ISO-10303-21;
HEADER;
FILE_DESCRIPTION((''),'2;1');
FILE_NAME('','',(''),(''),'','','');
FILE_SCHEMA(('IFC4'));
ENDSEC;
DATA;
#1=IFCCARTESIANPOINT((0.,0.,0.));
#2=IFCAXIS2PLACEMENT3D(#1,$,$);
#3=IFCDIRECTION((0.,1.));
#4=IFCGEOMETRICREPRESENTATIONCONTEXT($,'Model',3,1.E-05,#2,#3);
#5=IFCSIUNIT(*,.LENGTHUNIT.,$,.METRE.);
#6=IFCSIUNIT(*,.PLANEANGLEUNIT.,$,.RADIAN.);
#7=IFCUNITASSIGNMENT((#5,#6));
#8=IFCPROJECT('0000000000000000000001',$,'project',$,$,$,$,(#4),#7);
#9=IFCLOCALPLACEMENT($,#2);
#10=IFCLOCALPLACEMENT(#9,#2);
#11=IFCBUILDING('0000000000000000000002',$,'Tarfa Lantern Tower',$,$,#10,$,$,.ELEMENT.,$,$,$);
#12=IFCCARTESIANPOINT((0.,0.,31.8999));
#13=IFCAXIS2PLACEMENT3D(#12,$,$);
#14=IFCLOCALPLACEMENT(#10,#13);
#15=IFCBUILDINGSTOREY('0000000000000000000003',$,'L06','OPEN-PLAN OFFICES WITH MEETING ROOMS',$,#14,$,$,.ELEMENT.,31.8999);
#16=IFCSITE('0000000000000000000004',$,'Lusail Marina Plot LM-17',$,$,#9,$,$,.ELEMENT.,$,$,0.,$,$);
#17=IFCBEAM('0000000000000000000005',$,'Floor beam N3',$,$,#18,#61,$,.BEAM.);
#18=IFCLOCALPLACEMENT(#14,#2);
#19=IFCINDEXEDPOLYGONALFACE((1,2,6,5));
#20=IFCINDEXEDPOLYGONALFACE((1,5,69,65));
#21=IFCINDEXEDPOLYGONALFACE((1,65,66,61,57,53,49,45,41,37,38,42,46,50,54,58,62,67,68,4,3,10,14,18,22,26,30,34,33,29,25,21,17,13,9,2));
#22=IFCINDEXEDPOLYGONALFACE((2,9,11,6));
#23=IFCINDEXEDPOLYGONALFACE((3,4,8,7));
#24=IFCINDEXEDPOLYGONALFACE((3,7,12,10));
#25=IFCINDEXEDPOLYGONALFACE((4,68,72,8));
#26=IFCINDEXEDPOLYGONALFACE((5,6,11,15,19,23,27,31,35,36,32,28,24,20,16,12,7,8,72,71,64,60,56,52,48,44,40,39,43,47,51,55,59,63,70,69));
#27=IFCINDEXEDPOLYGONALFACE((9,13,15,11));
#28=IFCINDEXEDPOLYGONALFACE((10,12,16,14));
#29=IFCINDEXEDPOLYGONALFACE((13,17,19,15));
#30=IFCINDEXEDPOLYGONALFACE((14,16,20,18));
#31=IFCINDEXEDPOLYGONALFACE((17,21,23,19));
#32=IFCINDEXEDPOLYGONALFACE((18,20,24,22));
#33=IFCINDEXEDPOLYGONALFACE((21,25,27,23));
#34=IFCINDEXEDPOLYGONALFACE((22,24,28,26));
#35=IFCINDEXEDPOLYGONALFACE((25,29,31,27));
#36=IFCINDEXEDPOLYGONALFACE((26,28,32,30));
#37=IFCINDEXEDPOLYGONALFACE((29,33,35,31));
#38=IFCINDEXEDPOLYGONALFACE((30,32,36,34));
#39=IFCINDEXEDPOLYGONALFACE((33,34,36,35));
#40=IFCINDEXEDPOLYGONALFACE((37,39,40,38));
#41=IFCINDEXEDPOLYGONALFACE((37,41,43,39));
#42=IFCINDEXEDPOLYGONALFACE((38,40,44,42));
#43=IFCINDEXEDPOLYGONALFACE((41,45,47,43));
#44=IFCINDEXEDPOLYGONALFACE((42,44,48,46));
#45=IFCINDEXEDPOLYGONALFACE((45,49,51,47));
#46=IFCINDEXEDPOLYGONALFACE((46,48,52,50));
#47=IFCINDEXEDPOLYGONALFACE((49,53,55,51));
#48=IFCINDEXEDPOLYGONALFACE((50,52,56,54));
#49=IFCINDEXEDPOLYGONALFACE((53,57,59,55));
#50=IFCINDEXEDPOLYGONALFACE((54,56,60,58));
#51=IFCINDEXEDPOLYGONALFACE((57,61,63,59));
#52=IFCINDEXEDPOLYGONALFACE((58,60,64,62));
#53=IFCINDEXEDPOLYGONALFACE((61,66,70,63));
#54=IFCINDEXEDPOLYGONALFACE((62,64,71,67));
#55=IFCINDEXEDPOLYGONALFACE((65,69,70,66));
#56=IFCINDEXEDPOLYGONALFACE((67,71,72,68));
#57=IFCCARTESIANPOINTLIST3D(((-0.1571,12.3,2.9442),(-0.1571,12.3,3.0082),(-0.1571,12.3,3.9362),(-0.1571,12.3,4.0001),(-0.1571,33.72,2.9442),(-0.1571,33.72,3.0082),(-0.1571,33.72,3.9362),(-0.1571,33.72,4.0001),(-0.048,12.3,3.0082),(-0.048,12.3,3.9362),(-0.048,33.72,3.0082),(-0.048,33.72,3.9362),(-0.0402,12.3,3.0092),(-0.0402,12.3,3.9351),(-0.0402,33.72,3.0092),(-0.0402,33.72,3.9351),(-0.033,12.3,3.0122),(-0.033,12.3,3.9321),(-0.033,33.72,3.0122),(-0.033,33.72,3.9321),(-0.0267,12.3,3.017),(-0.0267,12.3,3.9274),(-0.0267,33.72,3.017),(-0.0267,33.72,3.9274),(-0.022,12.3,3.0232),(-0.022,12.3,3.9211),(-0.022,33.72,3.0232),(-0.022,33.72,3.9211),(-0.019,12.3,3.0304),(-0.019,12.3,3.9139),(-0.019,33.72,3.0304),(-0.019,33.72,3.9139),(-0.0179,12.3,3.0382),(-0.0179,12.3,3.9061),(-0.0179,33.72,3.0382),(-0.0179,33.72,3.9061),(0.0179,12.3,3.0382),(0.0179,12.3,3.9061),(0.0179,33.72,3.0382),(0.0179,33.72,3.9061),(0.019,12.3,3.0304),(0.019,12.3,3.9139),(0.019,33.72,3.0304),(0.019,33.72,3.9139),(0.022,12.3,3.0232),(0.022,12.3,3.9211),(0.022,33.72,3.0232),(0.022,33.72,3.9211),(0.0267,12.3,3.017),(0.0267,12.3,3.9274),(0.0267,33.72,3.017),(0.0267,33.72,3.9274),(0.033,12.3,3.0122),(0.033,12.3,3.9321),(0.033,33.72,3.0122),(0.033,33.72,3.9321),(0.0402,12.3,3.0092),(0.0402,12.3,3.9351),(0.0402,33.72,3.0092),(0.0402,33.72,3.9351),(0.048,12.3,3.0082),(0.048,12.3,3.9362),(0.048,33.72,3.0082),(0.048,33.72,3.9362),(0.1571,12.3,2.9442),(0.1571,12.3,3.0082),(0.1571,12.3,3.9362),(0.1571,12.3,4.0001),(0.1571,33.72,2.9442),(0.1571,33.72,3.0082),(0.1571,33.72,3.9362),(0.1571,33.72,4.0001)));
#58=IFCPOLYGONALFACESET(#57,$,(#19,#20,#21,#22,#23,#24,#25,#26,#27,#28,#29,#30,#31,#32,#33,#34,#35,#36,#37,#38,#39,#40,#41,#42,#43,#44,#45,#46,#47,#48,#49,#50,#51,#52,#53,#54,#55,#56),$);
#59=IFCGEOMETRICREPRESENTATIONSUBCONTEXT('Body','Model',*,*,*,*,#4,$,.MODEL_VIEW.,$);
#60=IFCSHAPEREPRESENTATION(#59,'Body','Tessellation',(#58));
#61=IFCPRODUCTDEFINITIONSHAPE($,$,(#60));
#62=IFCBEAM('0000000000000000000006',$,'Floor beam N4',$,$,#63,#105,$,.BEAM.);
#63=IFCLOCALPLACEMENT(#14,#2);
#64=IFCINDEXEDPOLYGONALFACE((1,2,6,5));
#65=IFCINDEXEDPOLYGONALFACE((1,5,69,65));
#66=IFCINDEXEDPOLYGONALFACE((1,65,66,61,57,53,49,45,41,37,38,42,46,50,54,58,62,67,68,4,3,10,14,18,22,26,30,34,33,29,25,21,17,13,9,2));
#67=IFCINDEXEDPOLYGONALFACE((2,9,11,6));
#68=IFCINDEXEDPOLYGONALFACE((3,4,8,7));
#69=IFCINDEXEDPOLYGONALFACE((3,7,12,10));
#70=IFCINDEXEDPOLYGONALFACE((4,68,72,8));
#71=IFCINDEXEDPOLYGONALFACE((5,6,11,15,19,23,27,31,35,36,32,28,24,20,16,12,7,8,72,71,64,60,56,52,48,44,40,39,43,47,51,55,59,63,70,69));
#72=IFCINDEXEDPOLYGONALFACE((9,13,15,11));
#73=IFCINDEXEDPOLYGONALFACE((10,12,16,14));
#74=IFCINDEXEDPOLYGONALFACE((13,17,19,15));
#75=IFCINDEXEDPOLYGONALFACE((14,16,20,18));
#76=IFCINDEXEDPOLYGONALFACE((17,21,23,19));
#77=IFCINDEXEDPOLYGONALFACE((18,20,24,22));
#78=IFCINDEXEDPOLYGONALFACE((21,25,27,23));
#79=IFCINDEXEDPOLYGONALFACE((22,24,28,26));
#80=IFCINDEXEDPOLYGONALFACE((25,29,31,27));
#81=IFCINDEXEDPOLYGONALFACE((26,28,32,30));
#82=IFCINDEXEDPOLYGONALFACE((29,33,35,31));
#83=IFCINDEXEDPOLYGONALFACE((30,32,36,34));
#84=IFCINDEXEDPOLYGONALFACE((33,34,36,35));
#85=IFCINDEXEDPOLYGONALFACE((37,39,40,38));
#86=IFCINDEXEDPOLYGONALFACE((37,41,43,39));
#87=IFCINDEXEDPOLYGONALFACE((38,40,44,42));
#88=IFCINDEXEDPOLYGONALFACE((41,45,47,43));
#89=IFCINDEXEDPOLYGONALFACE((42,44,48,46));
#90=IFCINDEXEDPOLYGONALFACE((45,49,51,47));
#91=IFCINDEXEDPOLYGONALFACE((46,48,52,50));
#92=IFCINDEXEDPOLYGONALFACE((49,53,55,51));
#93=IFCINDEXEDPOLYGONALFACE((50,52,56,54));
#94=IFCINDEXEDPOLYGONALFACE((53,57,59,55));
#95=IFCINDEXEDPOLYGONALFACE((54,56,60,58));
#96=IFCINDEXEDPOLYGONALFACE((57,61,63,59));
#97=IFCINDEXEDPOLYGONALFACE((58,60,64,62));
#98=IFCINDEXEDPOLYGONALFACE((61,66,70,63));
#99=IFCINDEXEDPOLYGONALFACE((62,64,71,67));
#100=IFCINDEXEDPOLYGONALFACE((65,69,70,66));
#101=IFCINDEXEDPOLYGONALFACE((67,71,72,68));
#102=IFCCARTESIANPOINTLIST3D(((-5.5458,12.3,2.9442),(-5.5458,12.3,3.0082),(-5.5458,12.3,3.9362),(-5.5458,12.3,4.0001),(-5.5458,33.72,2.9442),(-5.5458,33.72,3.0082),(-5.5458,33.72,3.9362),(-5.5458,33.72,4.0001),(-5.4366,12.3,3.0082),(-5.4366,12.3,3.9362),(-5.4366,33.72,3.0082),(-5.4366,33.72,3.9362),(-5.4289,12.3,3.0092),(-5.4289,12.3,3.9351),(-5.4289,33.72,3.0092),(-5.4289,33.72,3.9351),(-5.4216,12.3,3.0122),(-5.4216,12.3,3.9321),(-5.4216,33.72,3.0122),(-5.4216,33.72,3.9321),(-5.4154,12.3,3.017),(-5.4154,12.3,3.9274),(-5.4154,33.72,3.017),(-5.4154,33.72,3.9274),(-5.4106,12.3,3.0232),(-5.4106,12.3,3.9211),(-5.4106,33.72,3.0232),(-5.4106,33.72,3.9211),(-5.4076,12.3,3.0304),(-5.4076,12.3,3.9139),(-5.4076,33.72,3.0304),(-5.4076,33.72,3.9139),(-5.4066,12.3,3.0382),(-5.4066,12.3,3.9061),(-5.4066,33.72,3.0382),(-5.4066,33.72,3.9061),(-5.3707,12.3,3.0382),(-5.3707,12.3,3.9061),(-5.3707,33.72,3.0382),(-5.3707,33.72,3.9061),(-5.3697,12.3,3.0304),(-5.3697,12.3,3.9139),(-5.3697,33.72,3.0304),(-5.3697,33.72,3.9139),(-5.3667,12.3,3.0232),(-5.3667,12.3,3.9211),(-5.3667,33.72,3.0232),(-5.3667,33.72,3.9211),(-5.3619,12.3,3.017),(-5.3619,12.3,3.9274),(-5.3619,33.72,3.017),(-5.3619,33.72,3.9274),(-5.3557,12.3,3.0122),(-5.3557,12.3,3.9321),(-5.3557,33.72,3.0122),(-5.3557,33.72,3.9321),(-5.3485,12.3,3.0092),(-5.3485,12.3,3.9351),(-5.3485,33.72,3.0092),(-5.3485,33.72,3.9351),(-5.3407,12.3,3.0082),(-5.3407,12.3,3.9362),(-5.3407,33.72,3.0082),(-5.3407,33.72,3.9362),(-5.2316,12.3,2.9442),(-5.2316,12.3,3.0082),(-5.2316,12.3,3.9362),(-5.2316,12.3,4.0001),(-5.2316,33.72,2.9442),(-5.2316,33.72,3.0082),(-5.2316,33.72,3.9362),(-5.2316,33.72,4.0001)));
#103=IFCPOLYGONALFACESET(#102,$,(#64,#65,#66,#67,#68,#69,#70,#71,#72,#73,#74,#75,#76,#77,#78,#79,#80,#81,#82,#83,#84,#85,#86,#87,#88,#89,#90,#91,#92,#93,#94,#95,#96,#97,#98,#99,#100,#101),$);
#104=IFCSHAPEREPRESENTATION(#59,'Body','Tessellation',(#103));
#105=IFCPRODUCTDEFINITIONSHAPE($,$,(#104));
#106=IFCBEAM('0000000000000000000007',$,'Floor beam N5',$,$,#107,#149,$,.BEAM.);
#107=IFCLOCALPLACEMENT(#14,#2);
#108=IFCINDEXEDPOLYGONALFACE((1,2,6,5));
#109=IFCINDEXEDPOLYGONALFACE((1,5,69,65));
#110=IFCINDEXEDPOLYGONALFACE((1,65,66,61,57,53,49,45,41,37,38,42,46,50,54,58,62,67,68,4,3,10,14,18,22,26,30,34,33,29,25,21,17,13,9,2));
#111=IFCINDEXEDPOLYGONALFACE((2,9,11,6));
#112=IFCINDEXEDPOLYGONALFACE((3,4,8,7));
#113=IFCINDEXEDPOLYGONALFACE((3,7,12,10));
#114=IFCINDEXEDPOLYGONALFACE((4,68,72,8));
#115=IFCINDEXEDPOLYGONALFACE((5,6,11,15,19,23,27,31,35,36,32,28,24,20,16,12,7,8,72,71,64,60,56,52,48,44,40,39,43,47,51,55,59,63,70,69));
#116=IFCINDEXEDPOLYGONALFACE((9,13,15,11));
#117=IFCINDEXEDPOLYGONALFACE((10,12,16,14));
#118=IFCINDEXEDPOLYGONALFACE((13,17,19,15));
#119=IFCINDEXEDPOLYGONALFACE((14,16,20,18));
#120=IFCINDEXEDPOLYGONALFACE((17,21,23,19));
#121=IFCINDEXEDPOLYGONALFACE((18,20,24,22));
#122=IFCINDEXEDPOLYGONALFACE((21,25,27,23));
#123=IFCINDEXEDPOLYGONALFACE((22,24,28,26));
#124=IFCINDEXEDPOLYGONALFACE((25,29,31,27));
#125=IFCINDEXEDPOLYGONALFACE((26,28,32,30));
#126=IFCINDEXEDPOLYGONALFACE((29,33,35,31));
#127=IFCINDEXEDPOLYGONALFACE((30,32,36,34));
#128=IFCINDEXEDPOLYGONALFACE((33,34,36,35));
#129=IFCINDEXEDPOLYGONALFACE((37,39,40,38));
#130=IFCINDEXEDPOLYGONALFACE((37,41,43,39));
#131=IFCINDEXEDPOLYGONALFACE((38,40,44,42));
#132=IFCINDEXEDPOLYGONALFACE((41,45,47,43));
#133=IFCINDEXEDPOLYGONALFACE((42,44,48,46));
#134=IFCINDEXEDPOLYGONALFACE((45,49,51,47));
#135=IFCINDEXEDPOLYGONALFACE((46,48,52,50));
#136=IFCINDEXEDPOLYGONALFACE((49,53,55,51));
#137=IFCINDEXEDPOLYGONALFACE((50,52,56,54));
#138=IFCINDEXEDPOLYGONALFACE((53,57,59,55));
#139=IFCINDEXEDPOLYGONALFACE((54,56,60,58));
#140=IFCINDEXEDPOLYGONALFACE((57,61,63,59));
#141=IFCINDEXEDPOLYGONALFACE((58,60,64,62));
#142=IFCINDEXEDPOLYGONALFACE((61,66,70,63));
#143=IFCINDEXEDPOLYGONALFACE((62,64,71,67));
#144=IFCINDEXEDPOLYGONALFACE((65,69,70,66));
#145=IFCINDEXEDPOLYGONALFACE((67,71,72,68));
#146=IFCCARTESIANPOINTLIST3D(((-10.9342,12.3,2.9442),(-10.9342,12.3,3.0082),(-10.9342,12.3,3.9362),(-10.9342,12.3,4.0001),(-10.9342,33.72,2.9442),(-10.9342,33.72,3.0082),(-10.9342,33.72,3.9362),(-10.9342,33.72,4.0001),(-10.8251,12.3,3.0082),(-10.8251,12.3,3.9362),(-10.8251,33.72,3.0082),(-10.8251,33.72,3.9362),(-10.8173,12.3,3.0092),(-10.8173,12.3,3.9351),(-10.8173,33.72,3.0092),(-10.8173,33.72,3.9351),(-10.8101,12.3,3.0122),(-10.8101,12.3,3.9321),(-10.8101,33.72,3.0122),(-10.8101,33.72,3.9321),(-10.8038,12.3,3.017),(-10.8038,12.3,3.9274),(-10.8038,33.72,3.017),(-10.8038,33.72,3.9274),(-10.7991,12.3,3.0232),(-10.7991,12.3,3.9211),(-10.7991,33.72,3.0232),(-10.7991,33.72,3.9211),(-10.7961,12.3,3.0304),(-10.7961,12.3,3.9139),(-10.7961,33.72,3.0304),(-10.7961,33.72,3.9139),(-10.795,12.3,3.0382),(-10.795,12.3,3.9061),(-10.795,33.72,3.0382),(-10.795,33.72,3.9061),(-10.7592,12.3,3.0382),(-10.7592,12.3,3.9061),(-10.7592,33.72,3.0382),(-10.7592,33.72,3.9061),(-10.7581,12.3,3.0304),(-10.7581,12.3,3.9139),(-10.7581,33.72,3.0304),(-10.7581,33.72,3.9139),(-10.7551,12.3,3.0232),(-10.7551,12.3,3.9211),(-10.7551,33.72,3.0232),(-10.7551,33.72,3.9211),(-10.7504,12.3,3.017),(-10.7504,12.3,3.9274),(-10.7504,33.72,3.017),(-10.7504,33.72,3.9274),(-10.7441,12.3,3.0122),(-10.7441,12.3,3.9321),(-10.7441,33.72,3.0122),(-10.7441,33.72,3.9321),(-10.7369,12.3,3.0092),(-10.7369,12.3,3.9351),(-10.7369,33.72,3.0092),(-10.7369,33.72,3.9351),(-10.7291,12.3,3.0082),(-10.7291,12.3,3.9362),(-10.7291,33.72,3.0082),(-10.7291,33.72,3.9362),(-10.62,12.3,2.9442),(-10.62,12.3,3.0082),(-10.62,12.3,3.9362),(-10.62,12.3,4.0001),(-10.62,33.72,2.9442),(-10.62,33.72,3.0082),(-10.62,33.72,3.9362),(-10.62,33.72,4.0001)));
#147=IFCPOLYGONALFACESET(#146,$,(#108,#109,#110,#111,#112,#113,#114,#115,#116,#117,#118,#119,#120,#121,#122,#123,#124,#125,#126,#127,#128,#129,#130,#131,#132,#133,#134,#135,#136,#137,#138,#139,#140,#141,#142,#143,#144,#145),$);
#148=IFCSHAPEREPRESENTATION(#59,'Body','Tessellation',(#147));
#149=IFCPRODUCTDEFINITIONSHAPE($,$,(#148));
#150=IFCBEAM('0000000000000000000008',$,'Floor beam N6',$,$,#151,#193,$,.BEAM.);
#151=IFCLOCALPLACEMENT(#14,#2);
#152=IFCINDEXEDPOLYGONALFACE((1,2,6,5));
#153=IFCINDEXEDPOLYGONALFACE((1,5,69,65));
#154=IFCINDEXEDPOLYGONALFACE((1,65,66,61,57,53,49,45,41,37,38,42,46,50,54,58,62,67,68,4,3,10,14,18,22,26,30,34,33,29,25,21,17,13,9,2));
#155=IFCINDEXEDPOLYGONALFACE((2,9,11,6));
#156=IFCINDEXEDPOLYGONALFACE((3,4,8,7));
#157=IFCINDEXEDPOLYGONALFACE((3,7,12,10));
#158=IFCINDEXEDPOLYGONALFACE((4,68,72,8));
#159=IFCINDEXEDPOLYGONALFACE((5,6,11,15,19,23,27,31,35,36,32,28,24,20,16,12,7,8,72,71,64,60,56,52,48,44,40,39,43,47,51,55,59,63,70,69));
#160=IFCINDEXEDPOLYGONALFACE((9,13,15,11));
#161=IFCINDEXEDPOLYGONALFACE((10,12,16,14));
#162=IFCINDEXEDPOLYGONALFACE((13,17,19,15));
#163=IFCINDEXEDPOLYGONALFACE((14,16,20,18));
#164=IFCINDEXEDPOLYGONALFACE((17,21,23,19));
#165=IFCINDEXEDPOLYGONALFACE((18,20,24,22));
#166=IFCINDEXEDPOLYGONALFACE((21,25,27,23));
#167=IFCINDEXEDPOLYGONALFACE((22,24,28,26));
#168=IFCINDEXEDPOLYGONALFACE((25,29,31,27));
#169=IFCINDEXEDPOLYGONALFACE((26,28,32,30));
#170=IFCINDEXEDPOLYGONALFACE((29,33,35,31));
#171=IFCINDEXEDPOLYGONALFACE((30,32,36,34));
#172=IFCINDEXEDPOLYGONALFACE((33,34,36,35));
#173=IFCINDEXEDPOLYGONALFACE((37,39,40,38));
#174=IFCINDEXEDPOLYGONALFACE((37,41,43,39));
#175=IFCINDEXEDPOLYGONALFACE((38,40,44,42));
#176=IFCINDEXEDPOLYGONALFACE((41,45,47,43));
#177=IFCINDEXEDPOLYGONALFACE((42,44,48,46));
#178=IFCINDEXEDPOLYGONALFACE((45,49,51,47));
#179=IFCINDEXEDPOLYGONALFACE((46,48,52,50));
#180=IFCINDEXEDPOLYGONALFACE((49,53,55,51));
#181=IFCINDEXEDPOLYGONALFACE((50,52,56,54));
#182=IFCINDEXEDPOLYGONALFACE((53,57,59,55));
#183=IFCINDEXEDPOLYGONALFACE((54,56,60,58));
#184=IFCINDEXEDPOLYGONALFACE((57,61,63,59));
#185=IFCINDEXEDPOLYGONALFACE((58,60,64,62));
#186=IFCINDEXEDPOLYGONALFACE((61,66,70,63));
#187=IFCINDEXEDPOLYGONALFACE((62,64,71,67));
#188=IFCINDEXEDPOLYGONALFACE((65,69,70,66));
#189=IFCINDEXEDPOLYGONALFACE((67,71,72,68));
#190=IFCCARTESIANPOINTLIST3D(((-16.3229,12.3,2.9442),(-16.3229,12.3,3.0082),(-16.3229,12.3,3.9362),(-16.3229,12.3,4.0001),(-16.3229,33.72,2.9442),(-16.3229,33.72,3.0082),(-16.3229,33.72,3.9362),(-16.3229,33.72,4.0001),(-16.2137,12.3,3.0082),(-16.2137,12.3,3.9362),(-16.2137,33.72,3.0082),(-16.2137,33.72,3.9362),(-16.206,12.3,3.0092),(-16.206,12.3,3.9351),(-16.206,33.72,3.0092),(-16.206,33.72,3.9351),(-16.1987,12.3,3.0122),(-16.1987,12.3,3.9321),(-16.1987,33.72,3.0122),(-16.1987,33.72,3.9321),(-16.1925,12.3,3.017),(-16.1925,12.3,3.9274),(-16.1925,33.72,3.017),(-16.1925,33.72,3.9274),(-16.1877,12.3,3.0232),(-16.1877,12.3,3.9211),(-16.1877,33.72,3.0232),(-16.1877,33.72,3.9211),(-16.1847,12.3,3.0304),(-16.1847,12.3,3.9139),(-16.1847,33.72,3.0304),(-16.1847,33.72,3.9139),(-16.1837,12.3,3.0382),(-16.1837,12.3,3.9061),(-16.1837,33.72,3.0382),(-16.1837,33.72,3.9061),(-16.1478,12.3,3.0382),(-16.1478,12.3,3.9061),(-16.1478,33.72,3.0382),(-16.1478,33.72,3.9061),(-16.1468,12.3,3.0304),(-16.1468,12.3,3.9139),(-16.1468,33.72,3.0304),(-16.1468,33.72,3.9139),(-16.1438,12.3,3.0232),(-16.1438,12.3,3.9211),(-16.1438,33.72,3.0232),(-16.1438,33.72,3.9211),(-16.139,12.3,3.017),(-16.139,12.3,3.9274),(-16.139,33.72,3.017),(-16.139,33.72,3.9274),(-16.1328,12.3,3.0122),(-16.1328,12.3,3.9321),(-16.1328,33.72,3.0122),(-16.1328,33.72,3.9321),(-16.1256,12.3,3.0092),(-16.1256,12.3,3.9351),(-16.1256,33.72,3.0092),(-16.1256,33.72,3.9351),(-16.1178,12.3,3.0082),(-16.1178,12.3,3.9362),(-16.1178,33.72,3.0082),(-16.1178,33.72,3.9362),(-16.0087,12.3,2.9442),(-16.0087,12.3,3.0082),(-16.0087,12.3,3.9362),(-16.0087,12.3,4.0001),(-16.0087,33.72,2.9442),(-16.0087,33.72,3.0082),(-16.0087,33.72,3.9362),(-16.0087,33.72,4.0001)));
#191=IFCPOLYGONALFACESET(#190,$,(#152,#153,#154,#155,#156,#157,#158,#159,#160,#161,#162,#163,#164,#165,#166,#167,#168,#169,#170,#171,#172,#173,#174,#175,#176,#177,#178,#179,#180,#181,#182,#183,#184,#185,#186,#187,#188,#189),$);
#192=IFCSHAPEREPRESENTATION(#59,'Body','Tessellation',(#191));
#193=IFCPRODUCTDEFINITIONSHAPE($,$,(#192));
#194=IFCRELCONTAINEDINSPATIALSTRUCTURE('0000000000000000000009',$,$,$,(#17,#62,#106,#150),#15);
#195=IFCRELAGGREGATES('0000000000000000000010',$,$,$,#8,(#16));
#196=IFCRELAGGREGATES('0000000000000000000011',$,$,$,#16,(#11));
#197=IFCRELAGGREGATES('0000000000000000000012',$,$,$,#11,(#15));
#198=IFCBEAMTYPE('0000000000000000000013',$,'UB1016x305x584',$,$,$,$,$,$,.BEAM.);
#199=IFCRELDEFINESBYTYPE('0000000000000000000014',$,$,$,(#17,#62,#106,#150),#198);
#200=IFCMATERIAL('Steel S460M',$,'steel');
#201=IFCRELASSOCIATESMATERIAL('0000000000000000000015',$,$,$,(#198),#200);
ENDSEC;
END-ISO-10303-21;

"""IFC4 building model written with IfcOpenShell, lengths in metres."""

from ifc_helpers import new_model, si_unit, direction, frame, origin, origin_2d, place, context, subcontext, project, spatial, i_section, extrude, material, material_profile, profile_set, type_object, element, save


model = new_model("IFC4")

# Units and contexts
model_context = context("Model", 3, precision=1e-05, world=origin(), true_north=direction((0.0, 1.0)))
body_context = subcontext(model_context, "Body", "Model", "MODEL_VIEW")
ifc_project = project(units=[si_unit("LENGTHUNIT", "METRE"), si_unit("PLANEANGLEUNIT", "RADIAN")], contexts=[model_context])

# Site, building, storey
site_placement = place(None, origin())
site = spatial("IfcSite", under=ifc_project, at=site_placement, Name="Lusail Marina Plot LM-17", CompositionType="ELEMENT", RefElevation=0.0)
building_placement = place(site_placement, origin())
building = spatial("IfcBuilding", under=site, at=building_placement, Name="Tarfa Lantern Tower", CompositionType="ELEMENT")
storey_placement = place(building_placement, frame((0.0, 0.0, 31.8999)))
storey = spatial("IfcBuildingStorey", under=building, at=storey_placement, Name="L06", Description="OPEN-PLAN OFFICES WITH MEETING ROOMS", CompositionType="ELEMENT", Elevation=31.8999)

# Beams
ifc_material_1 = material(Name="Steel S460M", Category="steel")
ifc_material_profile_1 = material_profile(ifc_material_1, i_section(OverallWidth=0.3142, OverallDepth=1.0559, WebThickness=0.0359, FlangeThickness=0.064, FilletRadius=0.03, at=origin_2d()), Name="UB1016x305x584")
ifc_profile_set_1 = profile_set([ifc_material_profile_1], Name="Steel S460M")
beam_type_1 = type_object("IfcBeamType", Name="UB1016x305x584", PredefinedType="BEAM", material=ifc_profile_set_1)
for number, where, z_axis, x_axis, name in (
    (1, (0.0, 33.72, 3.4722), (0.0, -1.0, 0.0), (1.0, 0.0, 0.0), "Floor beam N3"),
    (2, (-5.3887, 33.72, 3.4722), (0.0, -1.0, 0.0), (1.0, 0.0, 0.0), "Floor beam N4"),
    (3, (-10.7771, 33.72, 3.4722), (0.0, -1.0, 0.0), (1.0, 0.0, 0.0), "Floor beam N5"),
    (4, (-16.1658, 33.72, 3.4722), (0.0, -1.0, 0.0), (1.0, 0.0, 0.0), "Floor beam N6"),
):
    element("IfcBeam", number, at=place(storey_placement, frame(where, z_axis=z_axis, x_axis=x_axis)), inside=storey, type_object=beam_type_1, Name=name, PredefinedType="BEAM", context=body_context, shape_type="SweptSolid", body=[
        extrude(i_section(OverallWidth=0.3142, OverallDepth=1.0559, WebThickness=0.0359, FlangeThickness=0.064, FilletRadius=0.03, at=origin_2d()), origin(), (0.0, 0.0, 1.0), 21.4199),
    ])

save(model, "model.ifc")
